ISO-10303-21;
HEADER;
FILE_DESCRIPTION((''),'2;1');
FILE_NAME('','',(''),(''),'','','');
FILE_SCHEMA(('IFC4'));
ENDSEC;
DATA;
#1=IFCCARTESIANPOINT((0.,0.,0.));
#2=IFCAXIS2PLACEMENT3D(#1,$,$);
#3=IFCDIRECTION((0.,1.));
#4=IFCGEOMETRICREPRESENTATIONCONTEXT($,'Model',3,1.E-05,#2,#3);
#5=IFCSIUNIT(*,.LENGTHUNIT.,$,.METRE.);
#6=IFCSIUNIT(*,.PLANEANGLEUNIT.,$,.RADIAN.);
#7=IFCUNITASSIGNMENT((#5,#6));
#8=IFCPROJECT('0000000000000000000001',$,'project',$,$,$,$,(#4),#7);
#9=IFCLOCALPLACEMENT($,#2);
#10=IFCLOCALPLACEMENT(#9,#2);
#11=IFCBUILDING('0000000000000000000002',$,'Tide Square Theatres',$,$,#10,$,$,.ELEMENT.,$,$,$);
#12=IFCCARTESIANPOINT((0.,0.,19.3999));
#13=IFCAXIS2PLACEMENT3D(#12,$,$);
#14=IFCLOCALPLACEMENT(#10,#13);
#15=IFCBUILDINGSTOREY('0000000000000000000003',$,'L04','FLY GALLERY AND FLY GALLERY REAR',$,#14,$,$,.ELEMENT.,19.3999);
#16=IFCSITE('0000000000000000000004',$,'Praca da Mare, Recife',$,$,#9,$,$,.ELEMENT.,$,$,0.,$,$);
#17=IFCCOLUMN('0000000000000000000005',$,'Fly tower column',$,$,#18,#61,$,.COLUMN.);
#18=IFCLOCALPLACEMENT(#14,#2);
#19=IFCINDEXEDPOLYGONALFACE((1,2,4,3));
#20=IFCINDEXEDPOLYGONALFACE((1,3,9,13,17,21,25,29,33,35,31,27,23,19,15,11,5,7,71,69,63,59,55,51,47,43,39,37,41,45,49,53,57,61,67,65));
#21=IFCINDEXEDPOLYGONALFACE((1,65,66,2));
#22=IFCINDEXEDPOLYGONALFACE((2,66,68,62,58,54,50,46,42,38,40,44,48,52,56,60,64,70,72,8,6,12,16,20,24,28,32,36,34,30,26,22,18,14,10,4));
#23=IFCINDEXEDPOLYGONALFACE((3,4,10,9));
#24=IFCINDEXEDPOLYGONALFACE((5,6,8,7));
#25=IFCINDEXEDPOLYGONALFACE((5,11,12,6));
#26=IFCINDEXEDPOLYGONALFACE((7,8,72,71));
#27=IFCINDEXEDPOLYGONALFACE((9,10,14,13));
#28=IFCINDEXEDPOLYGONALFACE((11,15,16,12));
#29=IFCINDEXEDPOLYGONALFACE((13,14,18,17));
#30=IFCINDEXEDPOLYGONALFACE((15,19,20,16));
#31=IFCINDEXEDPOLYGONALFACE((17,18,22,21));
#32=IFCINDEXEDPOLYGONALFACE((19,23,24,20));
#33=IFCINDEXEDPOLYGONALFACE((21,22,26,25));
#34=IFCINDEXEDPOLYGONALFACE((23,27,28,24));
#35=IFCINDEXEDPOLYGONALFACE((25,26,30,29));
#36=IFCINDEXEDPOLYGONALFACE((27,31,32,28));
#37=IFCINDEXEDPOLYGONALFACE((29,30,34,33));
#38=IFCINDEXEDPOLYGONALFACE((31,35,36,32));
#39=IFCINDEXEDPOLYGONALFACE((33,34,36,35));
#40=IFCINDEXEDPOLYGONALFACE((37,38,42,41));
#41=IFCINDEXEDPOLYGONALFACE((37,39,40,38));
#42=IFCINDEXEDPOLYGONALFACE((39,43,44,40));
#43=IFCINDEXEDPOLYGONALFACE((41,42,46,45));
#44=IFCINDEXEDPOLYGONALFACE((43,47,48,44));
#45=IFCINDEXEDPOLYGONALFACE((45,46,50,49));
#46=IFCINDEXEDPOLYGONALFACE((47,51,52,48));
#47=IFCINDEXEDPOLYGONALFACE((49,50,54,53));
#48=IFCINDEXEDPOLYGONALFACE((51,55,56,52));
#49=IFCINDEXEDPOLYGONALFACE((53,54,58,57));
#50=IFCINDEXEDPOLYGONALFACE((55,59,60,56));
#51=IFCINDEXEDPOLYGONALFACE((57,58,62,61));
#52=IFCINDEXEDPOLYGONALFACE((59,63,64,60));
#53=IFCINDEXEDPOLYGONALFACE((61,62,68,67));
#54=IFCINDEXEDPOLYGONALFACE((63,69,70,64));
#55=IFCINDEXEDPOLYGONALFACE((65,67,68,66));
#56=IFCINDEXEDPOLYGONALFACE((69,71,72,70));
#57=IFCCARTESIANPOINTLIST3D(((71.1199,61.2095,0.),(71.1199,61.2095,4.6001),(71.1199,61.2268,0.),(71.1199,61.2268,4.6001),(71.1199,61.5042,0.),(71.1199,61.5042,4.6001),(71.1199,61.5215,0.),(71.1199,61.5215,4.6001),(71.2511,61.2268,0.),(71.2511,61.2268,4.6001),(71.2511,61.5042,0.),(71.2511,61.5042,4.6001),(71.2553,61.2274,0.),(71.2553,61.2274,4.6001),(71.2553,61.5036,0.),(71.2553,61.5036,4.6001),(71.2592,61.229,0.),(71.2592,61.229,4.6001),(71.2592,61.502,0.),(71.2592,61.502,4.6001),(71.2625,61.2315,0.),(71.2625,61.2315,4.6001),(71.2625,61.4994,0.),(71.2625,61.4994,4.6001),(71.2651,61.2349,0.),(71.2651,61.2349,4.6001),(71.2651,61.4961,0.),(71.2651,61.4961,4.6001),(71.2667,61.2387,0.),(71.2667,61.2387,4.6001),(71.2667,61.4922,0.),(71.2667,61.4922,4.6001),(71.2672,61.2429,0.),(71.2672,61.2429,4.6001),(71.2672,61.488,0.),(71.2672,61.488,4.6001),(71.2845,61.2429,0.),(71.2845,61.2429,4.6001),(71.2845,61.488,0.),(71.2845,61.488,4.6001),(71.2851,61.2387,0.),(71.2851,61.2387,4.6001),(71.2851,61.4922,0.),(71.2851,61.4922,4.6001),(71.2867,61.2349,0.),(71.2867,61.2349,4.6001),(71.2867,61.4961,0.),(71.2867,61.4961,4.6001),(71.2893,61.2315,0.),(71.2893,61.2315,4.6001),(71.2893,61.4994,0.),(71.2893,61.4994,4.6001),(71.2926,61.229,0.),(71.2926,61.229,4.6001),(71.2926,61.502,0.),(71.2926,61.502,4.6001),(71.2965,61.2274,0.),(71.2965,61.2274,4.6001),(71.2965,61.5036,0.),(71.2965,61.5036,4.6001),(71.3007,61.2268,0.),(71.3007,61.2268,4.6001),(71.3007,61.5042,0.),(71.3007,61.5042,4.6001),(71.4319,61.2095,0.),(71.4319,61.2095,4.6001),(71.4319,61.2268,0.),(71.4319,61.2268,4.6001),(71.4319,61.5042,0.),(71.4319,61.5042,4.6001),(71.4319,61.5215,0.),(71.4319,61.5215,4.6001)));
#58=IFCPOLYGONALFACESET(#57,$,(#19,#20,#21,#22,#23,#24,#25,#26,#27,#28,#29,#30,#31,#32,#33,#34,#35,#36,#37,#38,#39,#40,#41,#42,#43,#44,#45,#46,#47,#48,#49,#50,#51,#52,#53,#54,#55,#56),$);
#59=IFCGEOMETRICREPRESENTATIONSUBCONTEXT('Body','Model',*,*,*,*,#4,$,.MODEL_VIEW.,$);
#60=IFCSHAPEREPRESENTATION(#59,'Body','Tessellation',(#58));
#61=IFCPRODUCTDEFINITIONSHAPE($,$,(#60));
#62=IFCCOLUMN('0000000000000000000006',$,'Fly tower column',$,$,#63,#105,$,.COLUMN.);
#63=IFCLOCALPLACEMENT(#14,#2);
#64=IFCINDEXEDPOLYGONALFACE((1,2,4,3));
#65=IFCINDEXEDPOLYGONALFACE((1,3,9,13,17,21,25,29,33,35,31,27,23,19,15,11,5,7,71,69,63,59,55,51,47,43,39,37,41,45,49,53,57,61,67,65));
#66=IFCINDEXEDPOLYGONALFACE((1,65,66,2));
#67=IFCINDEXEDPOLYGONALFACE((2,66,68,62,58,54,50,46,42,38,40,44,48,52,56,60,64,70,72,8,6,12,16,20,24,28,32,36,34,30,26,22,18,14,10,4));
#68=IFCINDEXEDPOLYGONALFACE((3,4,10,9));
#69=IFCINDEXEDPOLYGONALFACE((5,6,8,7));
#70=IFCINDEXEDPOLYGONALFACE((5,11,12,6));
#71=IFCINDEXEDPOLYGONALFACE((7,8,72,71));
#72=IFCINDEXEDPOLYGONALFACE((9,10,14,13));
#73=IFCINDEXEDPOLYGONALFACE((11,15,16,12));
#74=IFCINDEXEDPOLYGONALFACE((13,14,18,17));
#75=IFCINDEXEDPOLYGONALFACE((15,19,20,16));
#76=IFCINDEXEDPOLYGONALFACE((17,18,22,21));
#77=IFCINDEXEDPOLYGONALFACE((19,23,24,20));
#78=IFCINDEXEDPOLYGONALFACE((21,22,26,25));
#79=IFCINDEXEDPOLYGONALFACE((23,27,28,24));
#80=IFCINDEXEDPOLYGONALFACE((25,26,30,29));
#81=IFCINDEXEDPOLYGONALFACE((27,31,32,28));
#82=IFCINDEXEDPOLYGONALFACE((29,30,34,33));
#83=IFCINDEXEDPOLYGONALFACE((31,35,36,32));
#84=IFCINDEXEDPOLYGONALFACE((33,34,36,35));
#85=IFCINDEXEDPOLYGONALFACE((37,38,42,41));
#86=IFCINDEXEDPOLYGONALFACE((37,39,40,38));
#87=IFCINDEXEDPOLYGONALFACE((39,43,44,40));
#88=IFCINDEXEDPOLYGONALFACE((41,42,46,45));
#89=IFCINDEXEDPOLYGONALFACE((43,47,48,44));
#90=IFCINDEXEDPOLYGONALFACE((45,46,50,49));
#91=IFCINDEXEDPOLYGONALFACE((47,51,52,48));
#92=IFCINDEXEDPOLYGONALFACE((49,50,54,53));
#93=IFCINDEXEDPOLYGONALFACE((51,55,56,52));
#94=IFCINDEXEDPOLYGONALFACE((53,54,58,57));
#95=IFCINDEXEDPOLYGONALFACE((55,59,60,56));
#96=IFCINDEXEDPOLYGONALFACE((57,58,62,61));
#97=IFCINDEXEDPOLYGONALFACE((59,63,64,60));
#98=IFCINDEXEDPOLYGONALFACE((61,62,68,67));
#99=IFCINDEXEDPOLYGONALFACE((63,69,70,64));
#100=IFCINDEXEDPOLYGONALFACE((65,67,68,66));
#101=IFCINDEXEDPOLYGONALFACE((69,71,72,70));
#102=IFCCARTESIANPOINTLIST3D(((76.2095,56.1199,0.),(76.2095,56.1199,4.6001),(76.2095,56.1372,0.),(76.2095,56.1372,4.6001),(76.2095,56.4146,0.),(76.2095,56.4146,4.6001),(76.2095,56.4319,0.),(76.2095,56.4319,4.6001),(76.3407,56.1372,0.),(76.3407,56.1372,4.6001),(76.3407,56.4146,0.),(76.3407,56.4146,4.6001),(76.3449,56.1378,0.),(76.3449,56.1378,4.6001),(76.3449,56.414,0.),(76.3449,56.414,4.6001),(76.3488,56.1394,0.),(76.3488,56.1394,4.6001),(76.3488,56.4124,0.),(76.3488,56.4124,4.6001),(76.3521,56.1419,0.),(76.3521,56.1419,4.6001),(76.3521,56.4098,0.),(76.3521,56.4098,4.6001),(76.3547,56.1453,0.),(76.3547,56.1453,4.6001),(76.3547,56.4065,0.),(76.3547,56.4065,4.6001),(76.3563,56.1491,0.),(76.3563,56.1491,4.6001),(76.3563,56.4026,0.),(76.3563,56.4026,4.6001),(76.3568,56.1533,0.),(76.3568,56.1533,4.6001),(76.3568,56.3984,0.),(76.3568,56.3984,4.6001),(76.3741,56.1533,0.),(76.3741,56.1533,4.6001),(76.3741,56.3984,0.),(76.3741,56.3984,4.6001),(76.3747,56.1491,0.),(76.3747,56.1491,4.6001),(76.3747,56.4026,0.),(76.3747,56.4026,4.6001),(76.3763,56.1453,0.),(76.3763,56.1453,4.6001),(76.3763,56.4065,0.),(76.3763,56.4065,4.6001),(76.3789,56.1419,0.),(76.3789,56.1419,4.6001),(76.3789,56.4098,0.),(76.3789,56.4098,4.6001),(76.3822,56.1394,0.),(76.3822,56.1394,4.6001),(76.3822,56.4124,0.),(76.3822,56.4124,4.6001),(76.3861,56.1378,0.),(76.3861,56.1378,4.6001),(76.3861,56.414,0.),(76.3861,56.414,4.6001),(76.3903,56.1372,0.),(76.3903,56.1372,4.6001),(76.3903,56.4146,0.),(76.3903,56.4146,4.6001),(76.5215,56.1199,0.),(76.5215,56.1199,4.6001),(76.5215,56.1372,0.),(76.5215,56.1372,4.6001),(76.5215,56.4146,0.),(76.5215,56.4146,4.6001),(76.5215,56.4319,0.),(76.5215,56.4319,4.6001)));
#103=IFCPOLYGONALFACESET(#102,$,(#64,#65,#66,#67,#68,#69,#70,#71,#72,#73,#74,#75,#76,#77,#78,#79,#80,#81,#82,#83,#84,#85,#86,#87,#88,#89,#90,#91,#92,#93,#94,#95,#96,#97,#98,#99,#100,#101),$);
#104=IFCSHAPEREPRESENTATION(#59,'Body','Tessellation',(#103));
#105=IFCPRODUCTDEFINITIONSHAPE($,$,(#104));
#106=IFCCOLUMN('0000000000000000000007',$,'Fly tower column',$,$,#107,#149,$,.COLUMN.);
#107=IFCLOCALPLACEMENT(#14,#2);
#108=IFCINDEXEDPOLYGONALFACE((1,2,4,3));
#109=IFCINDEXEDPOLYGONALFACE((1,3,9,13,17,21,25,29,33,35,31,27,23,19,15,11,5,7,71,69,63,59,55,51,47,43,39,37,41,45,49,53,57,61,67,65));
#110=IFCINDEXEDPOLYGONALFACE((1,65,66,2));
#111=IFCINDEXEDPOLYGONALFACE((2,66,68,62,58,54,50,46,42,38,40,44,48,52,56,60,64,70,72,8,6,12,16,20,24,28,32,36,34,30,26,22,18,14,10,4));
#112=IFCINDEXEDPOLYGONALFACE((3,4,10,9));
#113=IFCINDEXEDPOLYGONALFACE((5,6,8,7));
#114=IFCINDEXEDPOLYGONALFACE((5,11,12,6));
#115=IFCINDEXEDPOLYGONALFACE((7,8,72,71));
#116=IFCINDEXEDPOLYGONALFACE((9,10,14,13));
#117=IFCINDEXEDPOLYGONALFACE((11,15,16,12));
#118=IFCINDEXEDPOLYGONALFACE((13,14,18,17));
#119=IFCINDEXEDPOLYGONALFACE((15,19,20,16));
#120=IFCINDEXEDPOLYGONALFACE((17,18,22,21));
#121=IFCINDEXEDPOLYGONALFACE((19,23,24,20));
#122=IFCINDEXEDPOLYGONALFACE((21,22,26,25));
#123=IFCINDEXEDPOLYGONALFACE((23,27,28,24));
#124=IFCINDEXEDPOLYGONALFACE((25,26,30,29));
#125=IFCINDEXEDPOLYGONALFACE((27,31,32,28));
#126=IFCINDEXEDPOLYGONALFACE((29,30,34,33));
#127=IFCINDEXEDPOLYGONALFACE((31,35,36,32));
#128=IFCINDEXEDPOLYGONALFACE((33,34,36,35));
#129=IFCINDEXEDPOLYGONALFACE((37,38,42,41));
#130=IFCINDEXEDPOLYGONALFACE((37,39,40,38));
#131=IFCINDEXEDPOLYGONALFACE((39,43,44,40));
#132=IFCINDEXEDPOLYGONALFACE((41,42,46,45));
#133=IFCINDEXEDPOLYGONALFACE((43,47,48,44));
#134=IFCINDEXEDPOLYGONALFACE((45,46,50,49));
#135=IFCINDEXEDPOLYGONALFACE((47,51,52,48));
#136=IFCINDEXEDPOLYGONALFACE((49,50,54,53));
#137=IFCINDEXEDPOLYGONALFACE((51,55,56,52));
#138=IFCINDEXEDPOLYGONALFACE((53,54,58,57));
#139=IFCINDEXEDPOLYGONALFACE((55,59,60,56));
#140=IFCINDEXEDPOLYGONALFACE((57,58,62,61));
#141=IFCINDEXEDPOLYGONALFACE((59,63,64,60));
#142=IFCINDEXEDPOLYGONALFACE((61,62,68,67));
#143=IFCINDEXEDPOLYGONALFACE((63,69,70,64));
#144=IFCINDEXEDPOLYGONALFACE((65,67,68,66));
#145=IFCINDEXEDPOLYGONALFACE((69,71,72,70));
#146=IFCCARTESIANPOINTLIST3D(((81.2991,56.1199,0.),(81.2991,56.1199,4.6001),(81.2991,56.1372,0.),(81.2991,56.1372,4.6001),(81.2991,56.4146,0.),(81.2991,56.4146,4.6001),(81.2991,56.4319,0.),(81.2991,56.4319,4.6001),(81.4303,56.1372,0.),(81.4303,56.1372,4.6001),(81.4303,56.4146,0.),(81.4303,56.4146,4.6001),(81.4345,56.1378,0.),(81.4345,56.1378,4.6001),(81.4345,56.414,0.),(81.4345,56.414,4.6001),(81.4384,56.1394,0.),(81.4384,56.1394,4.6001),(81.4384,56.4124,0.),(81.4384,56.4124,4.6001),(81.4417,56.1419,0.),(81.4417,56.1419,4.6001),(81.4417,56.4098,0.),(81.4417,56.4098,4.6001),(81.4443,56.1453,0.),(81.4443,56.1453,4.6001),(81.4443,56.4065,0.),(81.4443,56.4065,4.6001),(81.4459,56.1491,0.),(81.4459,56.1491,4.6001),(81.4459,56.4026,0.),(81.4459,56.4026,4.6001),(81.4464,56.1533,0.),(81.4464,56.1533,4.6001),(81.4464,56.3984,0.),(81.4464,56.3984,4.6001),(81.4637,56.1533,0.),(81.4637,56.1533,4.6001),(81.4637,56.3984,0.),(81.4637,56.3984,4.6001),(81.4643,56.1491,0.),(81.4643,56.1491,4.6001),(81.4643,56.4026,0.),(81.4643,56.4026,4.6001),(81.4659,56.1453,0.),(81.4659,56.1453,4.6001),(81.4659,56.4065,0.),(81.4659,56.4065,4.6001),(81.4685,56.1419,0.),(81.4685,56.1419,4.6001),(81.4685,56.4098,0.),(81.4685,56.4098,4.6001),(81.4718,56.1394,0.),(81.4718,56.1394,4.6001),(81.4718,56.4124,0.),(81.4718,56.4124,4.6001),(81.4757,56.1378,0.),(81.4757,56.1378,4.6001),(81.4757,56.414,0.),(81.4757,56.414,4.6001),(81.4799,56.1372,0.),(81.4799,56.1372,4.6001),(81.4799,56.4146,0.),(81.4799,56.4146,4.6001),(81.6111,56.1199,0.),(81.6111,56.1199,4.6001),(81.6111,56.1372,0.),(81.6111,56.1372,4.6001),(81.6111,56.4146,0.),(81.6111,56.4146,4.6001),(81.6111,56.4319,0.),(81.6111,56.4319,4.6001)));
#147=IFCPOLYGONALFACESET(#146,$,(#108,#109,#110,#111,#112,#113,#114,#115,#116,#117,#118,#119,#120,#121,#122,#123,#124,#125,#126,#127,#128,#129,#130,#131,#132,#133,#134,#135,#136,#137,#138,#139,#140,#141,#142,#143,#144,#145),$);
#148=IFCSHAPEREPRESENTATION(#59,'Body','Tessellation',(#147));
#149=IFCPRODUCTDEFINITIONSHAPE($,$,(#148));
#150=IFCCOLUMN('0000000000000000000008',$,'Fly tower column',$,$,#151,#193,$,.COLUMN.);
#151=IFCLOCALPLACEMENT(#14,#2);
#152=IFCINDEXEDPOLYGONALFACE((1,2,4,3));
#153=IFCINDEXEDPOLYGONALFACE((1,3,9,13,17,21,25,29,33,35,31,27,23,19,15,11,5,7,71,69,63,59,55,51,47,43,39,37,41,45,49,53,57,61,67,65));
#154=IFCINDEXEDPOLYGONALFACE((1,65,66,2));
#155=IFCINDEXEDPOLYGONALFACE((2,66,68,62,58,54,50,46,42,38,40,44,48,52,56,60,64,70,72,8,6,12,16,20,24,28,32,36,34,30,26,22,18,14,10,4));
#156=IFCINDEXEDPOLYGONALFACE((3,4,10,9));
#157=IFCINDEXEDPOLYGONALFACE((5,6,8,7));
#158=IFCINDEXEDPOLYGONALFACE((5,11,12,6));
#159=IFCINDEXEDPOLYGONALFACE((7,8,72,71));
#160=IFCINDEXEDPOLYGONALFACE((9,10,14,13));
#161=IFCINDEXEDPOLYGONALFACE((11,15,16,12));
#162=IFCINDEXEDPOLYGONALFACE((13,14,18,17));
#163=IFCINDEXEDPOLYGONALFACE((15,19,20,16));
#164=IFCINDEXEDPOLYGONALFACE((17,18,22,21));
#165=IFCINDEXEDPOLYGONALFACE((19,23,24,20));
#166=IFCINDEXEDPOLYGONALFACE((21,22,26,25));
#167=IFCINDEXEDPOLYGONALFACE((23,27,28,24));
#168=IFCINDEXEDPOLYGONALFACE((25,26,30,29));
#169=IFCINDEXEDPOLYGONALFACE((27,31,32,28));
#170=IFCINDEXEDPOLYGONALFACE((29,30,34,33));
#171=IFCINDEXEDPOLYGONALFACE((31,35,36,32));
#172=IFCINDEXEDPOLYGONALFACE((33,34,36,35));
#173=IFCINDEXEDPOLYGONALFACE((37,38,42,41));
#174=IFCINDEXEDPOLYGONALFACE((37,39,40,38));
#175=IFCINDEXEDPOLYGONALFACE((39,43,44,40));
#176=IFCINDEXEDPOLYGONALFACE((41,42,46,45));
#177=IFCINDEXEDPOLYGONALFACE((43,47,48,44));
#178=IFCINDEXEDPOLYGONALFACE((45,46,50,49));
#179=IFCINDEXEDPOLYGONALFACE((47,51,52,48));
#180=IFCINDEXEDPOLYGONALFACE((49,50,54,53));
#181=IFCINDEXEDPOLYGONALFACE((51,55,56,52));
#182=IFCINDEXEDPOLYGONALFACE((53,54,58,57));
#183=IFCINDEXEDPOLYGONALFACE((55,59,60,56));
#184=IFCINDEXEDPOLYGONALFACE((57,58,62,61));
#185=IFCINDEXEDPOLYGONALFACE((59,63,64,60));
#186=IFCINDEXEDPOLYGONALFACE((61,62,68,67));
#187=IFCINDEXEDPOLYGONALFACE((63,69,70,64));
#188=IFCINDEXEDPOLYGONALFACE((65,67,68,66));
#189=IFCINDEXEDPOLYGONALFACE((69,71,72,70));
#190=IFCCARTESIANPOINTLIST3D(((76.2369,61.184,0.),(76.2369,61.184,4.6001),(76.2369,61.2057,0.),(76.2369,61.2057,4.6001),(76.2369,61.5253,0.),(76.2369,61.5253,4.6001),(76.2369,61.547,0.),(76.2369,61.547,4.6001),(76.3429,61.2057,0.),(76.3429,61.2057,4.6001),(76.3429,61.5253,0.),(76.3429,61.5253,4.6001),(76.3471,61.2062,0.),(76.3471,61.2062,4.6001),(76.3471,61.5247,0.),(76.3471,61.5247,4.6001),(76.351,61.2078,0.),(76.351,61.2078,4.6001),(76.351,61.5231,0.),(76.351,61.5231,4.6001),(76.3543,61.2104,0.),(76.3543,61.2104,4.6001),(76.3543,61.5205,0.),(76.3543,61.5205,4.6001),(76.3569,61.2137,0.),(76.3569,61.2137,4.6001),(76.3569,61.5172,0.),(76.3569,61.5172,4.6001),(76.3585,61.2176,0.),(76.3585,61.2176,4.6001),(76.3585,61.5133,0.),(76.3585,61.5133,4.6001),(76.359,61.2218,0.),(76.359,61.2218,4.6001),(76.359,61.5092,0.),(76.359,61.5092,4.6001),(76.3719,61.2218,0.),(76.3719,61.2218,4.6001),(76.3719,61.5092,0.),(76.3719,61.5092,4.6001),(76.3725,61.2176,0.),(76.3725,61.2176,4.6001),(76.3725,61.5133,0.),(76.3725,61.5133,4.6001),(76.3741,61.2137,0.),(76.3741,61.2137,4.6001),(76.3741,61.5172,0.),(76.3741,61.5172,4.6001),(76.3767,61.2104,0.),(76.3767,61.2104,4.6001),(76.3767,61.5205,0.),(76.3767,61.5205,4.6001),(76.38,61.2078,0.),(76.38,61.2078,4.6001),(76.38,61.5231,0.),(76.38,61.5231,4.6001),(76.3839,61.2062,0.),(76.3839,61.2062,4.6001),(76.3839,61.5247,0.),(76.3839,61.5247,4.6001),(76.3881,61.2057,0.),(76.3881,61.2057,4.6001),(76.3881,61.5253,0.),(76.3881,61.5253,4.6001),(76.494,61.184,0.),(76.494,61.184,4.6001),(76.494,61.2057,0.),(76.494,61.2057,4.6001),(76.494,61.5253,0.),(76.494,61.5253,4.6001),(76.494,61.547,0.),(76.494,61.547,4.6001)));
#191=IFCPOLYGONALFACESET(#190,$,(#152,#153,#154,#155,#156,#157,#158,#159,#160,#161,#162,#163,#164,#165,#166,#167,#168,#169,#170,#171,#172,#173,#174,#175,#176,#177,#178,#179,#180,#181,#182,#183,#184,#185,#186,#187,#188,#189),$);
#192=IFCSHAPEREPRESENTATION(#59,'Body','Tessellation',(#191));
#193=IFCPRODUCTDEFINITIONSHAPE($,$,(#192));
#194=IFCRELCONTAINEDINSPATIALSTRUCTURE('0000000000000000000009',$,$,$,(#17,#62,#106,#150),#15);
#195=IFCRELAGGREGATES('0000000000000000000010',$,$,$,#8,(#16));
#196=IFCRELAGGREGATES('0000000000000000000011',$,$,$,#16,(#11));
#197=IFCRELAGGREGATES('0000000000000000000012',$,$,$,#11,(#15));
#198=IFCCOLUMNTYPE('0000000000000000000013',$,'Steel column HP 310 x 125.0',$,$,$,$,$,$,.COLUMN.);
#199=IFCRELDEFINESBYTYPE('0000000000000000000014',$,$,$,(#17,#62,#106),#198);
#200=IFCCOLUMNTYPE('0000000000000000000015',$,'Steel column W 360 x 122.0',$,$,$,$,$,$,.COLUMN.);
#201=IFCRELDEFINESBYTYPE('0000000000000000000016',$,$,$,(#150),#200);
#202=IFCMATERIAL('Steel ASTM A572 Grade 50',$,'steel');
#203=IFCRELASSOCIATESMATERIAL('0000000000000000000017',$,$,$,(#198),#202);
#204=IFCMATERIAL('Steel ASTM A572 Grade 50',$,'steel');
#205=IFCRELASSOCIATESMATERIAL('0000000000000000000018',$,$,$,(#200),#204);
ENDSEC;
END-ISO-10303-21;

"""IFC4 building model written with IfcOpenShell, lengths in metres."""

from ifc_helpers import new_model, si_unit, direction, frame, origin, origin_2d, place, context, subcontext, project, spatial, i_section, extrude, material, material_profile, profile_set, type_object, element, save


model = new_model("IFC4")

# Units and contexts
model_context = context("Model", 3, precision=1e-05, world=origin(), true_north=direction((0.0, 1.0)))
body_context = subcontext(model_context, "Body", "Model", "MODEL_VIEW")
ifc_project = project(units=[si_unit("LENGTHUNIT", "METRE"), si_unit("PLANEANGLEUNIT", "RADIAN")], contexts=[model_context])

# Site, building, storey
site_placement = place(None, origin())
site = spatial("IfcSite", under=ifc_project, at=site_placement, Name="Praca da Mare, Recife", CompositionType="ELEMENT", RefElevation=0.0)
building_placement = place(site_placement, origin())
building = spatial("IfcBuilding", under=site, at=building_placement, Name="Tide Square Theatres", CompositionType="ELEMENT")
storey_placement = place(building_placement, frame((0.0, 0.0, 19.3999)))
storey = spatial("IfcBuildingStorey", under=building, at=storey_placement, Name="L04", Description="FLY GALLERY AND FLY GALLERY REAR", CompositionType="ELEMENT", Elevation=19.3999)

# Columns
ifc_material_1 = material(Name="Steel ASTM A572 Grade 50", Category="steel")
ifc_material_profile_1 = material_profile(ifc_material_1, i_section(OverallWidth=0.312, OverallDepth=0.312, WebThickness=0.0173, FlangeThickness=0.0173, FilletRadius=0.0161, at=origin_2d()))
ifc_profile_set_1 = profile_set([ifc_material_profile_1], Name="Steel ASTM A572 Grade 50")
column_type_1 = type_object("IfcColumnType", Name="Steel column HP 310 x 125.0", PredefinedType="COLUMN", material=ifc_profile_set_1)
for number, where, z_axis, x_axis, name in (
    (1, (71.2759, 61.3655, 0.0), (0.0, 0.0, 1.0), (1.0, 0.0, 0.0), "Fly tower column"),
    (2, (76.3655, 56.2759, 0.0), (0.0, 0.0, 1.0), (1.0, 0.0, 0.0), "Fly tower column"),
    (3, (81.4551, 56.2759, 0.0), (0.0, 0.0, 1.0), (1.0, 0.0, 0.0), "Fly tower column"),
):
    element("IfcColumn", number, at=place(storey_placement, frame(where, z_axis=z_axis, x_axis=x_axis)), inside=storey, type_object=column_type_1, Name=name, PredefinedType="COLUMN", context=body_context, shape_type="SweptSolid", body=[
        extrude(i_section(OverallWidth=0.312, OverallDepth=0.312, WebThickness=0.0173, FlangeThickness=0.0173, FilletRadius=0.0161, at=origin_2d()), origin(), (0.0, 0.0, 1.0), 4.6001),
    ])
ifc_material_2 = material(Name="Steel ASTM A572 Grade 50", Category="steel")
ifc_material_profile_2 = material_profile(ifc_material_2, i_section(OverallWidth=0.2571, OverallDepth=0.363, WebThickness=0.0129, FlangeThickness=0.0217, FilletRadius=0.0161, at=origin_2d()))
ifc_profile_set_2 = profile_set([ifc_material_profile_2], Name="Steel ASTM A572 Grade 50")
column_type_2 = type_object("IfcColumnType", Name="Steel column W 360 x 122.0", PredefinedType="COLUMN", material=ifc_profile_set_2)
for number, where, z_axis, x_axis, name in (
    (4, (76.3655, 61.3655, 0.0), (0.0, 0.0, 1.0), (1.0, 0.0, 0.0), "Fly tower column"),
):
    element("IfcColumn", number, at=place(storey_placement, frame(where, z_axis=z_axis, x_axis=x_axis)), inside=storey, type_object=column_type_2, Name=name, PredefinedType="COLUMN", context=body_context, shape_type="SweptSolid", body=[
        extrude(i_section(OverallWidth=0.2571, OverallDepth=0.363, WebThickness=0.0129, FlangeThickness=0.0217, FilletRadius=0.0161, at=origin_2d()), origin(), (0.0, 0.0, 1.0), 4.6001),
    ])

save(model, "model.ifc")
